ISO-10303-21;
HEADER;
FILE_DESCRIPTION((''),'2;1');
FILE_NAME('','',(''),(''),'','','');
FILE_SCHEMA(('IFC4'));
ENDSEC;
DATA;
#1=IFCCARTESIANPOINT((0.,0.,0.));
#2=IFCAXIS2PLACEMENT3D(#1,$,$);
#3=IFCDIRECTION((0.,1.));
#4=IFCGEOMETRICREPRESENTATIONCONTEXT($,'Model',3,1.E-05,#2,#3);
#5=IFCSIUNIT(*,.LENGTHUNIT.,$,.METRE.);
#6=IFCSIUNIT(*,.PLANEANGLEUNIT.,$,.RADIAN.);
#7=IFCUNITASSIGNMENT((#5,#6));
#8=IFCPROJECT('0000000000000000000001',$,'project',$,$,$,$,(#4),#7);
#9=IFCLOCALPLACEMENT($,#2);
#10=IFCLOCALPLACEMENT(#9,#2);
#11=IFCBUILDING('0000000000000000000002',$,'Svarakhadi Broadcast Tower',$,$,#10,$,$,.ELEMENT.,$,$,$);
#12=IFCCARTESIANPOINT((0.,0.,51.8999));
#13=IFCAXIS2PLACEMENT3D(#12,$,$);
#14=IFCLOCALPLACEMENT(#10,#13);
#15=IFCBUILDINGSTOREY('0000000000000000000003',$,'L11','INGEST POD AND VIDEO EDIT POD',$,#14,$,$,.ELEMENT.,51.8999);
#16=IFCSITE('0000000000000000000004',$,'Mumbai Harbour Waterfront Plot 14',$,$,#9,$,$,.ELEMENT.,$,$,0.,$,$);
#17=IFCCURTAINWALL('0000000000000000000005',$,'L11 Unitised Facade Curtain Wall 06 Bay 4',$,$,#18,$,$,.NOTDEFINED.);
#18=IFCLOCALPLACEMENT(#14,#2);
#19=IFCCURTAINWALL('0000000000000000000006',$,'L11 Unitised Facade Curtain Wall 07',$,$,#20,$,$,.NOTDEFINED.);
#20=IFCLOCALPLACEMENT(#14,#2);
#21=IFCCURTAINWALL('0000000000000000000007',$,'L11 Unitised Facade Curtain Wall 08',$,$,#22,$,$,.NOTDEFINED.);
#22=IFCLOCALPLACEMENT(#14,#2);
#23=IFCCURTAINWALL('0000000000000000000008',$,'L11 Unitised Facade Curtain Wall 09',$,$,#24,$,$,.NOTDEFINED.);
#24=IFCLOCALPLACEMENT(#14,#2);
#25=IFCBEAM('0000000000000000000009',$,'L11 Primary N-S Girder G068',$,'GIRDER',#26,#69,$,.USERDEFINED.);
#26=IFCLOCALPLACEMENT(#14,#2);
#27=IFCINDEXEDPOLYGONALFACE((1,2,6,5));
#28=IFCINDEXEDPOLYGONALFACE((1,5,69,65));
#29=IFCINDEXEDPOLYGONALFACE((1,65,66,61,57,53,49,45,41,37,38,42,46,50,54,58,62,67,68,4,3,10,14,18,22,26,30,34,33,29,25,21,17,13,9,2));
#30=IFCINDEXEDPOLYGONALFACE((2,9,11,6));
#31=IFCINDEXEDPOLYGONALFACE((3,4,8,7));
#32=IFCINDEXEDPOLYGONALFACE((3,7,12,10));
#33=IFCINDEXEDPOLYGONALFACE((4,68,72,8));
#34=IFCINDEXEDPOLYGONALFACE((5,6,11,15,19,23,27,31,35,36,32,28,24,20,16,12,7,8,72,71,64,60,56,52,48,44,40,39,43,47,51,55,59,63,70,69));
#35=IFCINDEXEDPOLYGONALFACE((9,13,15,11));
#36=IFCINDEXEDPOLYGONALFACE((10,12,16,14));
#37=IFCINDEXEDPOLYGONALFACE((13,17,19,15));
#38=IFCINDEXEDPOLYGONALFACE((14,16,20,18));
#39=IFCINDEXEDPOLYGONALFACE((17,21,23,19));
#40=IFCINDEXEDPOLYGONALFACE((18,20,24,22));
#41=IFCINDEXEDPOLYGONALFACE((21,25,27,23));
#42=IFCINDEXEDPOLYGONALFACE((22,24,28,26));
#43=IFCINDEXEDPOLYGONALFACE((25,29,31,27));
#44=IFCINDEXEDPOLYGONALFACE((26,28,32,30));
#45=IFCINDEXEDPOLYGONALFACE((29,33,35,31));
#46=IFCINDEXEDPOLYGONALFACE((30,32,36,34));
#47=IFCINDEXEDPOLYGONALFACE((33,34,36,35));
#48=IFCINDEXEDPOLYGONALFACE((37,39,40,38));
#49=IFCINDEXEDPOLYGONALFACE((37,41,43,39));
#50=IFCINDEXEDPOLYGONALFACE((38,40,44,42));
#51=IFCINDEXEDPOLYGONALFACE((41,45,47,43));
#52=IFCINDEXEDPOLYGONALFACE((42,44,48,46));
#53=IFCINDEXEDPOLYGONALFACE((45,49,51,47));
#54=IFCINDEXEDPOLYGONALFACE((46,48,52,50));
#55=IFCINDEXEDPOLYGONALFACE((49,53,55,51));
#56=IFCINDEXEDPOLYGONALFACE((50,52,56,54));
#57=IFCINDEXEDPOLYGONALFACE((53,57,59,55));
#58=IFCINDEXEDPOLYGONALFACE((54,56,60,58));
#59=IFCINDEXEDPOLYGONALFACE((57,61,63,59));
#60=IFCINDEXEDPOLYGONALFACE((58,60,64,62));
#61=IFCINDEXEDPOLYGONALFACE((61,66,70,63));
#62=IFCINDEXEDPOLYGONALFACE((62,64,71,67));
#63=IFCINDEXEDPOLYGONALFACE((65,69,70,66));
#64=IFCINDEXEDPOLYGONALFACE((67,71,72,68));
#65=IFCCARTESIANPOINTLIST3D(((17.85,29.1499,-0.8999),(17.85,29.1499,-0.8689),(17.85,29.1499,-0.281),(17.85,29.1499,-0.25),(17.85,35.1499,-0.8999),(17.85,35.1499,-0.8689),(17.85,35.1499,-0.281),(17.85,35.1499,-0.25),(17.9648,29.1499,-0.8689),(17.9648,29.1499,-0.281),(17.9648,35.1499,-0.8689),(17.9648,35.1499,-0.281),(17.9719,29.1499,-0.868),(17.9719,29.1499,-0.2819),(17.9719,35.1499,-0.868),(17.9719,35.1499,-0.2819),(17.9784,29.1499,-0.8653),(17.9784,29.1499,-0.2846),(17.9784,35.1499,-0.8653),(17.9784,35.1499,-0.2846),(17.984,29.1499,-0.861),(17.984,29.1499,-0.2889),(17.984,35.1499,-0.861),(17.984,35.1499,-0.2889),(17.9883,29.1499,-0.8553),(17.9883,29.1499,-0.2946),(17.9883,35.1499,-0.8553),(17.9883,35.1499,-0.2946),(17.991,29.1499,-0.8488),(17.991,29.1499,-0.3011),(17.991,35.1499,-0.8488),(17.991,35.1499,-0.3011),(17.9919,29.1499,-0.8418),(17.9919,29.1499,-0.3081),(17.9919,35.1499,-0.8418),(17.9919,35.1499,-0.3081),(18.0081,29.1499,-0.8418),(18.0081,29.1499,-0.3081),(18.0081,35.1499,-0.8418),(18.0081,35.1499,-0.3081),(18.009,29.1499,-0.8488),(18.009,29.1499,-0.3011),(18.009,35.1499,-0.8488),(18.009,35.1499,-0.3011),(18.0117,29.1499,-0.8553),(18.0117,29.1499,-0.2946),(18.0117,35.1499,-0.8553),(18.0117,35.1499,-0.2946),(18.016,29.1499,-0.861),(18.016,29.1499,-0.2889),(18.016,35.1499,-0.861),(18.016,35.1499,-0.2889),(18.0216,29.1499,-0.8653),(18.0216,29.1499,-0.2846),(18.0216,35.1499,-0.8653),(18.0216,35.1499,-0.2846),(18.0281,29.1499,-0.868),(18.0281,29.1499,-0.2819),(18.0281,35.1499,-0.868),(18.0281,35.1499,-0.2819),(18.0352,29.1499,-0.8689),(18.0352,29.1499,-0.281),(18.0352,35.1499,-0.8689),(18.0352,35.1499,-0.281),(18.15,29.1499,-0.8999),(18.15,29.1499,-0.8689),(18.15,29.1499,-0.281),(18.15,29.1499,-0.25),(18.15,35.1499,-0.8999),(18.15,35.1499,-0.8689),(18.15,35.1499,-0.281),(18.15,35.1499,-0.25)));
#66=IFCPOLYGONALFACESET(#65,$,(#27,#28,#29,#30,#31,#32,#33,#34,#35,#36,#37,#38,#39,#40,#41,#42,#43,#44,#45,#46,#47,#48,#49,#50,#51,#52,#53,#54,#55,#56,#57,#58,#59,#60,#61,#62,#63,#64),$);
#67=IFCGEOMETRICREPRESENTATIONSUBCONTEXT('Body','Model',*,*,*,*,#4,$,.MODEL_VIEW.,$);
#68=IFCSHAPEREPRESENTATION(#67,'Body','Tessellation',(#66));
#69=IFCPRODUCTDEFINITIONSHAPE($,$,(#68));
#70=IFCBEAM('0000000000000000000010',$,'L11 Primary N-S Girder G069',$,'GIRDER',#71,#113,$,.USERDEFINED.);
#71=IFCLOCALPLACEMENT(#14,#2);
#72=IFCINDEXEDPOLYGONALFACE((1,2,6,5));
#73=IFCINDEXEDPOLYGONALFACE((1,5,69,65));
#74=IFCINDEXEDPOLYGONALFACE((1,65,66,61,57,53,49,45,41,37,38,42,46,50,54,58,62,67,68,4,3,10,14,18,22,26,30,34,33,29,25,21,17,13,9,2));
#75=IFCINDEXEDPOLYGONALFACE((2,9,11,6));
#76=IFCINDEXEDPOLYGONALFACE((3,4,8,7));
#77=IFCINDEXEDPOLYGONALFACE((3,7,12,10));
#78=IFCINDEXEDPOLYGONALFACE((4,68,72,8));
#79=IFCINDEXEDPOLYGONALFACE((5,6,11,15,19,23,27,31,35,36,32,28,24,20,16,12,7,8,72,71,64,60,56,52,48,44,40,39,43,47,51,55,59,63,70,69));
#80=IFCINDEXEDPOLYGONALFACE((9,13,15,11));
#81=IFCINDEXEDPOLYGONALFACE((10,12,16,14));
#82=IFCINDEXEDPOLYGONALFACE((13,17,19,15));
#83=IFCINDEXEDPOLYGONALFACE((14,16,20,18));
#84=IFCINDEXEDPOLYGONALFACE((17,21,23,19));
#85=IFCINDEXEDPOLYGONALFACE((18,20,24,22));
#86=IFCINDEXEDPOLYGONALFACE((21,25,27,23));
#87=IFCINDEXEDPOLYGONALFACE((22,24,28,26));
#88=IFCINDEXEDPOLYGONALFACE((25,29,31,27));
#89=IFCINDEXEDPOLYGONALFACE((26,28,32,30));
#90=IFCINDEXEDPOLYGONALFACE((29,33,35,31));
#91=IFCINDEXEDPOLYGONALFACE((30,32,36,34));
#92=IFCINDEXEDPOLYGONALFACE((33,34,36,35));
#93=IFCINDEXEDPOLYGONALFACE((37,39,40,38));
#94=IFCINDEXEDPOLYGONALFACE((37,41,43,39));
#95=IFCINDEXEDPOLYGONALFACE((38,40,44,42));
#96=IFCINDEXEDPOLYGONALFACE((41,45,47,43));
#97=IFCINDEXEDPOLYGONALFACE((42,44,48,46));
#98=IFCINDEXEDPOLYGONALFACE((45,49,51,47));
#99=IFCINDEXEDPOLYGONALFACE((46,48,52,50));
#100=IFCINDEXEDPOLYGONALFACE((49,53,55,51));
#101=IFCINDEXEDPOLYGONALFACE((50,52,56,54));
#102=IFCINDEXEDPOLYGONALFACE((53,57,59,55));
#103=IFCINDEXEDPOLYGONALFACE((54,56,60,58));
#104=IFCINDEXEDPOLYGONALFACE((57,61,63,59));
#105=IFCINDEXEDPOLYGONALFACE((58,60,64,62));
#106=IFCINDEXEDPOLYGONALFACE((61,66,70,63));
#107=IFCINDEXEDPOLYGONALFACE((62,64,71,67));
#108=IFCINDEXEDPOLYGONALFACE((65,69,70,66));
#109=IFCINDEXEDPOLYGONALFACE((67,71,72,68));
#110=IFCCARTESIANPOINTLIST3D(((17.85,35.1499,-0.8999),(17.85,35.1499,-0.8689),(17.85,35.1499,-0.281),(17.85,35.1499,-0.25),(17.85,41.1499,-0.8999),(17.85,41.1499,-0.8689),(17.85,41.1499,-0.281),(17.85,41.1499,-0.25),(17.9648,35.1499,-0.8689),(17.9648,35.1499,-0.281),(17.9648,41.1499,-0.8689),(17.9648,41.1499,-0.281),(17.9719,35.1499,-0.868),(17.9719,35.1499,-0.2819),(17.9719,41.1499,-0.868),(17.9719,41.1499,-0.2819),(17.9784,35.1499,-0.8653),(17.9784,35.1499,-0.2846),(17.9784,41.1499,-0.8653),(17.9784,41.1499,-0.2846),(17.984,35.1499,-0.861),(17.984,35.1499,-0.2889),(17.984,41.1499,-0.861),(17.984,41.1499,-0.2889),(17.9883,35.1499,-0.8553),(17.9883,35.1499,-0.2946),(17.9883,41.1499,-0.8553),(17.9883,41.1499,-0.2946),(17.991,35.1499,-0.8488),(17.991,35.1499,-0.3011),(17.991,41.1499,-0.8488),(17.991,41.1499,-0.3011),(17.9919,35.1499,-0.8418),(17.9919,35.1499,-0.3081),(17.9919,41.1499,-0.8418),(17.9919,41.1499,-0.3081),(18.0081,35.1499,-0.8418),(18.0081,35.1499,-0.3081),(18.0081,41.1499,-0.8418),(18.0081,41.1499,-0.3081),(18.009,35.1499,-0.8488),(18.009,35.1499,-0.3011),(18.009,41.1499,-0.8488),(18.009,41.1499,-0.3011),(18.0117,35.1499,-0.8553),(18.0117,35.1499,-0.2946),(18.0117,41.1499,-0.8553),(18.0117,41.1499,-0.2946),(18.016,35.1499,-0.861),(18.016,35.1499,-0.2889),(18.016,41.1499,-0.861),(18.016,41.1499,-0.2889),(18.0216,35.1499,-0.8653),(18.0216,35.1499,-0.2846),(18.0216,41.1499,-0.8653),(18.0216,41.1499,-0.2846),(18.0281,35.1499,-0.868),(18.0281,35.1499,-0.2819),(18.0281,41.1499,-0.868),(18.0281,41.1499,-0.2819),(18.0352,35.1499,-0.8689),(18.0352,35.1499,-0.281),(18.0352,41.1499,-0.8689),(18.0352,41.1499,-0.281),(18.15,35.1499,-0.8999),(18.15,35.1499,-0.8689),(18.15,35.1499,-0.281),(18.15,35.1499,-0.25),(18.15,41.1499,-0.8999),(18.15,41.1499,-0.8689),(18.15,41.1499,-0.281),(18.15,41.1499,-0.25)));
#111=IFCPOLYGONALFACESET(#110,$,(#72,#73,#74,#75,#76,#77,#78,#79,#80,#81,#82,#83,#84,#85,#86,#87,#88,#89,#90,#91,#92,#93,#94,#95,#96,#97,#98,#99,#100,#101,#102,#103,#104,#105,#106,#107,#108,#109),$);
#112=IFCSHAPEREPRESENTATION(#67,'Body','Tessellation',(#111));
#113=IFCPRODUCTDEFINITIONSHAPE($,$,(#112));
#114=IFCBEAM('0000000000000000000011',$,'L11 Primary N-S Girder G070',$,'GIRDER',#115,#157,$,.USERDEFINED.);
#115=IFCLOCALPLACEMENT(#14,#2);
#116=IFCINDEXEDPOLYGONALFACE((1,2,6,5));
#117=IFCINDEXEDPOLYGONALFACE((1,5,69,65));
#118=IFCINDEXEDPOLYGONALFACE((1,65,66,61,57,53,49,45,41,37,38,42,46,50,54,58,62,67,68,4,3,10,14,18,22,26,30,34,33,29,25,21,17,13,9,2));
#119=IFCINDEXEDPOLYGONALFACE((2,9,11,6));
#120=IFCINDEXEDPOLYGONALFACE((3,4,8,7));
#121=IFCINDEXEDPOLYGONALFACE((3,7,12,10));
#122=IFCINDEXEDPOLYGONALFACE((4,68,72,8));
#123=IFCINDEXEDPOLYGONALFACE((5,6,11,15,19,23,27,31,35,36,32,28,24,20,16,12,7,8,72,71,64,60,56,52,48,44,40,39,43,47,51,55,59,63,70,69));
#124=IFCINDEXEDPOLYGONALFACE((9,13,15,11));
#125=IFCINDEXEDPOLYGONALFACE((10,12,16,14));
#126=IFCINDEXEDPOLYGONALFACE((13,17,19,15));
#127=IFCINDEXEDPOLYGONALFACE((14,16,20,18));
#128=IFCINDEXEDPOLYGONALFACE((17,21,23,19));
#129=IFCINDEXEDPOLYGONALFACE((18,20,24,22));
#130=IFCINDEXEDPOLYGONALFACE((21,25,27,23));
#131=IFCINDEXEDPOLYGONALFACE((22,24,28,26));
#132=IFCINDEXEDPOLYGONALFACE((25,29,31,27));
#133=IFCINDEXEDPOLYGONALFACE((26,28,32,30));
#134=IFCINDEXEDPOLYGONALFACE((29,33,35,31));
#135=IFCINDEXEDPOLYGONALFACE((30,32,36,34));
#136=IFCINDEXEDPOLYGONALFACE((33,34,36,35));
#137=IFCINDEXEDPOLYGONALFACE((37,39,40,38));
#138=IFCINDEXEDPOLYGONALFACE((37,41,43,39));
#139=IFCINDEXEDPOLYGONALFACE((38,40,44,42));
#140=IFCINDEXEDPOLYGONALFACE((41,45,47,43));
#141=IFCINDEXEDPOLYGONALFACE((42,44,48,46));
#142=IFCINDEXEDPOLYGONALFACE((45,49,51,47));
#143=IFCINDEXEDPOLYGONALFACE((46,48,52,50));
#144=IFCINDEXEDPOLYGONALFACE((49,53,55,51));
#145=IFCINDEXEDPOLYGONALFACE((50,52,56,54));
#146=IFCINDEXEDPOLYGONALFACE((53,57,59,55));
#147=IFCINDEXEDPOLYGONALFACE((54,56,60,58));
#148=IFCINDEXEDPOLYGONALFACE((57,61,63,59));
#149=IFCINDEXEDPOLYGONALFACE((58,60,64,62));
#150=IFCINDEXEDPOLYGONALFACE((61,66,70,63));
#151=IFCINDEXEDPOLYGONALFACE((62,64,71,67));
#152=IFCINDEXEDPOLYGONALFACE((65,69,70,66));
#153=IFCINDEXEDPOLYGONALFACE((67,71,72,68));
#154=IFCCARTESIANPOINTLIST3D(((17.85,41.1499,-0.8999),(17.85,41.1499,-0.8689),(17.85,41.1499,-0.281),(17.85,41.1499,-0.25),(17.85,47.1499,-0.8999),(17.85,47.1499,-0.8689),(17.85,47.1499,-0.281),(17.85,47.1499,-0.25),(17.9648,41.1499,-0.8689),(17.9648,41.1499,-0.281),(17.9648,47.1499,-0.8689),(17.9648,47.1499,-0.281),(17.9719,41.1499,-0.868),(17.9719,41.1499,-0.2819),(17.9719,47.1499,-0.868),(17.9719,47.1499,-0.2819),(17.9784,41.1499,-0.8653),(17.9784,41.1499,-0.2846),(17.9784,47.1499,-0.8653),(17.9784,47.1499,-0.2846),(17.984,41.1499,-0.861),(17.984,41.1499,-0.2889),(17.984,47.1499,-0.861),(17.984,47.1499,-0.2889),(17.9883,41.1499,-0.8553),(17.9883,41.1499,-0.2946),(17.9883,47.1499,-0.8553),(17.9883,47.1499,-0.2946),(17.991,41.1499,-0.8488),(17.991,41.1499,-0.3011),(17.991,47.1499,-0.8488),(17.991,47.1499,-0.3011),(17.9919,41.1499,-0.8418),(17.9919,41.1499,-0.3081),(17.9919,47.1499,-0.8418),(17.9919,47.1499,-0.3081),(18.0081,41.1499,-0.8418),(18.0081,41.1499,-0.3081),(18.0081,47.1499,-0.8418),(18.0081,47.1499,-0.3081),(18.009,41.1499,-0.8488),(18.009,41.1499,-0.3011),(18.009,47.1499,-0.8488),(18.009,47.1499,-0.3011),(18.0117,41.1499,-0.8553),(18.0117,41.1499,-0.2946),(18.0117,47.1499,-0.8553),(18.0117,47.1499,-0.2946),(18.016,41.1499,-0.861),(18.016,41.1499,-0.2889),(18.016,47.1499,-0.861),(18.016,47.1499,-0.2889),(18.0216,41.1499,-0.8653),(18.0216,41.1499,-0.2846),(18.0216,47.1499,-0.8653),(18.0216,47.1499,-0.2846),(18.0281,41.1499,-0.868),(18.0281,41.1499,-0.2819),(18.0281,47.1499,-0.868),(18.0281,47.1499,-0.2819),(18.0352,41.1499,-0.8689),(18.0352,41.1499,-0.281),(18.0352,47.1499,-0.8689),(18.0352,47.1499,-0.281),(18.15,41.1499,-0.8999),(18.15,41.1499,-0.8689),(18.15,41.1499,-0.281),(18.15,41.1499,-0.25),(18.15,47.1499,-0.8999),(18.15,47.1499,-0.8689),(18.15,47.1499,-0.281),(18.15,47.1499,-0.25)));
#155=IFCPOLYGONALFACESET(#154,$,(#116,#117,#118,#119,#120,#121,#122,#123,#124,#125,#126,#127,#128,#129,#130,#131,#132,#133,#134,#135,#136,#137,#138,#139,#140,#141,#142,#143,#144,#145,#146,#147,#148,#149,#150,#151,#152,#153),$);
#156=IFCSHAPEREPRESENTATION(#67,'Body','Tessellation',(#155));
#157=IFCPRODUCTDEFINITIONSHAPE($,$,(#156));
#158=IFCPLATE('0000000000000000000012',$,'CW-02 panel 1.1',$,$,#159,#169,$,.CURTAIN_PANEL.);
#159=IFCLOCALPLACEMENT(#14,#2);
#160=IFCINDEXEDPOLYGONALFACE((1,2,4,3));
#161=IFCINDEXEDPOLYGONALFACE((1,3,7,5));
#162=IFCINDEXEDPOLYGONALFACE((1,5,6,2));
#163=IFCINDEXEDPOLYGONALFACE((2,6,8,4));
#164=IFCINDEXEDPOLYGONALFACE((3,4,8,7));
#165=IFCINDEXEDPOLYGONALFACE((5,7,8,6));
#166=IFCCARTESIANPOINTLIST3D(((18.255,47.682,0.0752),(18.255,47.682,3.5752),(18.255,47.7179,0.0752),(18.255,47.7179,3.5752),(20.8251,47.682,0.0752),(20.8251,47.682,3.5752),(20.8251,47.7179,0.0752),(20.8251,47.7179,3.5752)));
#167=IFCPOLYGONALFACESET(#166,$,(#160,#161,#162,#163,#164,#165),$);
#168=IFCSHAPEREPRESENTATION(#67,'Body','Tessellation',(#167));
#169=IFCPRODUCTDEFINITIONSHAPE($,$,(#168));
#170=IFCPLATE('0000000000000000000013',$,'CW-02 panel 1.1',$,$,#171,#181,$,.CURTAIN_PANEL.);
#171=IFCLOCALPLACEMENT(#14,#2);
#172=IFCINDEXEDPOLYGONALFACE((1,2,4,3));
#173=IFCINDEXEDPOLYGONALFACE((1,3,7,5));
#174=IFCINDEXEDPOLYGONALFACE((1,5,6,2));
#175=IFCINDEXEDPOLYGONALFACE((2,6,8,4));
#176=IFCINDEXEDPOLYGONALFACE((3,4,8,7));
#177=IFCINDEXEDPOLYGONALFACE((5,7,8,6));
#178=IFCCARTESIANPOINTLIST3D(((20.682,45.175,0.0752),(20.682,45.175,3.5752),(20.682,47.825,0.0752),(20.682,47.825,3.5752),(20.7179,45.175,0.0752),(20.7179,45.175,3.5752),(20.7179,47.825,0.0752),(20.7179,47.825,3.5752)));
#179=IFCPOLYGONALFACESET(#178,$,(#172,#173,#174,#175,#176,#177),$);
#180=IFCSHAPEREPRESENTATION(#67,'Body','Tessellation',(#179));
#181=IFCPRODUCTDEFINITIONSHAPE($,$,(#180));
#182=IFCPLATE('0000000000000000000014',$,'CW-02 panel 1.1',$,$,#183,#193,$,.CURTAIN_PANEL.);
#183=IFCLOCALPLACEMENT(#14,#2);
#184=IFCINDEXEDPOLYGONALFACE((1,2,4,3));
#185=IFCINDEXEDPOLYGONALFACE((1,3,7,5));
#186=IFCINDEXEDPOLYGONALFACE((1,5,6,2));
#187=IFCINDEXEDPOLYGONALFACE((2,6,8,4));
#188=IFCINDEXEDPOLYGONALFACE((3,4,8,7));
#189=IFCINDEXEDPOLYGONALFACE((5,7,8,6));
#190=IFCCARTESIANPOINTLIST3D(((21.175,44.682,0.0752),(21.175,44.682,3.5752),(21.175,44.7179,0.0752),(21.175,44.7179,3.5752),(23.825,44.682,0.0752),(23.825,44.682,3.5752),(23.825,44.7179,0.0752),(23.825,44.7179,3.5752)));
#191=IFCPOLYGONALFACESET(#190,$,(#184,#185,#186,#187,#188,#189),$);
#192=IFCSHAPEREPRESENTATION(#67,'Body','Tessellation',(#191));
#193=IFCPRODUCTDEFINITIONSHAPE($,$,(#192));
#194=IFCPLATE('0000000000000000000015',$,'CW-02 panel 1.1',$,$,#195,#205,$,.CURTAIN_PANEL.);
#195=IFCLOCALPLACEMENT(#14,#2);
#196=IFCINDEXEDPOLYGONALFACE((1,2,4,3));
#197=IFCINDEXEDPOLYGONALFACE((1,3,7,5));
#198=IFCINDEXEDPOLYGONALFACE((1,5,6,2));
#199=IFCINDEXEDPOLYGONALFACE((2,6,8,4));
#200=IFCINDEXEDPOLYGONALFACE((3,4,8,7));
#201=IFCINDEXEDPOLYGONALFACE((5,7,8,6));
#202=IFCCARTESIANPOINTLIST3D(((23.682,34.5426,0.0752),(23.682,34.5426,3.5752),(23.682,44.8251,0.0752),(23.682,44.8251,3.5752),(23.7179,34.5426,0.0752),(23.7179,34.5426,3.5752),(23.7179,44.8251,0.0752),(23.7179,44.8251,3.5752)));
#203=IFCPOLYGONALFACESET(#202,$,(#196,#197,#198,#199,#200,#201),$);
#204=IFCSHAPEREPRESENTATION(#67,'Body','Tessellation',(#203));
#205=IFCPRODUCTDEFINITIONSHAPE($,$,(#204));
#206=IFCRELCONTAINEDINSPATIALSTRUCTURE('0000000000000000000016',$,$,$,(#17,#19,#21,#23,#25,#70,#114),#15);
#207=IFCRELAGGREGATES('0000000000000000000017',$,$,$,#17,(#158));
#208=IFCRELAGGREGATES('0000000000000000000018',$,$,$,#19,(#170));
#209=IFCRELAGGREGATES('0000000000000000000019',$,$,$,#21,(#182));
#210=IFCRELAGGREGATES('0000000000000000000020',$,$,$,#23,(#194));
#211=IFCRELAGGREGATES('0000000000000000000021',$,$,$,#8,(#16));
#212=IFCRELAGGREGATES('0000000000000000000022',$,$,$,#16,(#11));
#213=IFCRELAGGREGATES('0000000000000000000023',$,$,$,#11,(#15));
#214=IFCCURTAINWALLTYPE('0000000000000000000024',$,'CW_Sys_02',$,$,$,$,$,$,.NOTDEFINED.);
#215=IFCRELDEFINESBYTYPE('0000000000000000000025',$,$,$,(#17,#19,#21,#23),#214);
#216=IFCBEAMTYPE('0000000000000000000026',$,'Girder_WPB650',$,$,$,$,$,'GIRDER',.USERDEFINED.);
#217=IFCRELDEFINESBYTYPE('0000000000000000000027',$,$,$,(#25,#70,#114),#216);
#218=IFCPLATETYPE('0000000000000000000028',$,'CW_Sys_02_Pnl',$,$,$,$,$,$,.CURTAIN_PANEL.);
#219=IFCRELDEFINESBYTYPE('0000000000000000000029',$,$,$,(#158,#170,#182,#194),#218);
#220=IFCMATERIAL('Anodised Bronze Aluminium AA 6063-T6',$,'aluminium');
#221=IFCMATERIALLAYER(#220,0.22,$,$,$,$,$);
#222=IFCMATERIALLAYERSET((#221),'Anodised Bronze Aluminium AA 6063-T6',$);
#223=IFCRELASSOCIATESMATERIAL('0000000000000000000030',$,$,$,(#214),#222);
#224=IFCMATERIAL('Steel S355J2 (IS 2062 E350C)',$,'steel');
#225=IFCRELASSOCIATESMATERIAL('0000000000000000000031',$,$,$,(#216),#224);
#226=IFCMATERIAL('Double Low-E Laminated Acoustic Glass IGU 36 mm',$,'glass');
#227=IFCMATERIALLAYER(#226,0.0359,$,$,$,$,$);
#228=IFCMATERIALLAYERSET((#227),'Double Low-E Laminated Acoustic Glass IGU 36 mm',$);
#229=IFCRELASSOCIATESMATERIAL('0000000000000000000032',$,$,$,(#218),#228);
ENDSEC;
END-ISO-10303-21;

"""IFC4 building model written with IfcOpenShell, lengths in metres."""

from ifc_helpers import new_model, si_unit, direction, frame, origin, origin_2d, place, context, subcontext, project, spatial, rectangle, i_section, extrude, material, layer, layer_set, material_profile, profile_set, type_object, element, aggregate, save


model = new_model("IFC4")

# Units and contexts
model_context = context("Model", 3, precision=1e-05, world=origin(), true_north=direction((0.0, 1.0)))
body_context = subcontext(model_context, "Body", "Model", "MODEL_VIEW")
ifc_project = project(units=[si_unit("LENGTHUNIT", "METRE"), si_unit("PLANEANGLEUNIT", "RADIAN")], contexts=[model_context])

# Site, building, storey
site_placement = place(None, origin())
site = spatial("IfcSite", under=ifc_project, at=site_placement, Name="Mumbai Harbour Waterfront Plot 14", CompositionType="ELEMENT", RefElevation=0.0)
building_placement = place(site_placement, origin())
building = spatial("IfcBuilding", under=site, at=building_placement, Name="Svarakhadi Broadcast Tower", CompositionType="ELEMENT")
storey_placement = place(building_placement, frame((0.0, 0.0, 51.8999)))
storey = spatial("IfcBuildingStorey", under=building, at=storey_placement, Name="L11", Description="INGEST POD AND VIDEO EDIT POD", CompositionType="ELEMENT", Elevation=51.8999)

# Curtain walls
ifc_material_1 = material(Name="Anodised Bronze Aluminium AA 6063-T6", Category="aluminium")
ifc_layer_1 = layer(ifc_material_1, 0.22)
ifc_layer_set_1 = layer_set([ifc_layer_1], Name="Anodised Bronze Aluminium AA 6063-T6")
curtain_wall_type = type_object("IfcCurtainWallType", Name="CW_Sys_02", PredefinedType="NOTDEFINED", material=ifc_layer_set_1)
curtain_wall_1_placement = place(storey_placement, origin())
curtain_wall_1 = element("IfcCurtainWall", 1, at=curtain_wall_1_placement, inside=storey, type_object=curtain_wall_type, Name="L11 Unitised Facade Curtain Wall 06 Bay 4", PredefinedType="NOTDEFINED")
curtain_wall_2_placement = place(storey_placement, origin())
curtain_wall_2 = element("IfcCurtainWall", 2, at=curtain_wall_2_placement, inside=storey, type_object=curtain_wall_type, Name="L11 Unitised Facade Curtain Wall 07", PredefinedType="NOTDEFINED")
curtain_wall_3_placement = place(storey_placement, origin())
curtain_wall_3 = element("IfcCurtainWall", 3, at=curtain_wall_3_placement, inside=storey, type_object=curtain_wall_type, Name="L11 Unitised Facade Curtain Wall 08", PredefinedType="NOTDEFINED")
curtain_wall_4_placement = place(storey_placement, origin())
curtain_wall_4 = element("IfcCurtainWall", 4, at=curtain_wall_4_placement, inside=storey, type_object=curtain_wall_type, Name="L11 Unitised Facade Curtain Wall 09", PredefinedType="NOTDEFINED")

# Beams
ifc_material_2 = material(Name="Steel S355J2 (IS 2062 E350C)", Category="steel")
ifc_material_profile_1 = material_profile(ifc_material_2, i_section(OverallWidth=0.3, OverallDepth=0.6499, WebThickness=0.0161, FlangeThickness=0.031, FilletRadius=0.0271, at=origin_2d()), Name="WPB 650x300x225")
ifc_profile_set_1 = profile_set([ifc_material_profile_1], Name="Steel S355J2 (IS 2062 E350C)")
beam_type = type_object("IfcBeamType", Name="Girder_WPB650", ElementType="GIRDER", PredefinedType="USERDEFINED", material=ifc_profile_set_1)
for number, where, z_axis, x_axis, name in (
    (5, (18.0, 29.1499, -0.575), (0.0, 1.0, 0.0), (-1.0, 0.0, 0.0), "L11 Primary N-S Girder G068"),
    (6, (18.0, 35.1499, -0.575), (0.0, 1.0, 0.0), (-1.0, 0.0, 0.0), "L11 Primary N-S Girder G069"),
    (7, (18.0, 41.1499, -0.575), (0.0, 1.0, 0.0), (-1.0, 0.0, 0.0), "L11 Primary N-S Girder G070"),
):
    element("IfcBeam", number, at=place(storey_placement, frame(where, z_axis=z_axis, x_axis=x_axis)), inside=storey, type_object=beam_type, Name=name, ObjectType="GIRDER", PredefinedType="USERDEFINED", context=body_context, shape_type="SweptSolid", body=[
        extrude(i_section(OverallWidth=0.3, OverallDepth=0.6499, WebThickness=0.0161, FlangeThickness=0.031, FilletRadius=0.0271, at=origin_2d()), origin(), (0.0, 0.0, 1.0), 6.0),
    ])

# Plates
ifc_material_3 = material(Name="Double Low-E Laminated Acoustic Glass IGU 36 mm", Category="glass")
ifc_layer_2 = layer(ifc_material_3, 0.0359)
ifc_layer_set_2 = layer_set([ifc_layer_2], Name="Double Low-E Laminated Acoustic Glass IGU 36 mm")
plate_type = type_object("IfcPlateType", Name="CW_Sys_02_Pnl", PredefinedType="CURTAIN_PANEL", material=ifc_layer_set_2)
plate_1_placement = place(storey_placement, frame((19.54, 47.7, 0.0752), z_axis=(0.0, 0.0, 1.0), x_axis=(1.0, 0.0, 0.0)))
plate_1 = element("IfcPlate", 8, at=plate_1_placement, type_object=plate_type, Name="CW-02 panel 1.1", PredefinedType="CURTAIN_PANEL", context=body_context, shape_type="SweptSolid", body=[
    extrude(rectangle(XDim=2.5701, YDim=0.0359, at=origin_2d()), origin(), (0.0, 0.0, 1.0), 3.5),
])
aggregate(curtain_wall_1, [plate_1])
plate_2_placement = place(storey_placement, frame((20.7, 46.5, 0.0752), z_axis=(0.0, 0.0, 1.0), x_axis=(0.0, -1.0, 0.0)))
plate_2 = element("IfcPlate", 9, at=plate_2_placement, type_object=plate_type, Name="CW-02 panel 1.1", PredefinedType="CURTAIN_PANEL", context=body_context, shape_type="SweptSolid", body=[
    extrude(rectangle(XDim=2.6499, YDim=0.0359, at=origin_2d()), origin(), (0.0, 0.0, 1.0), 3.5),
])
aggregate(curtain_wall_2, [plate_2])
plate_3_placement = place(storey_placement, frame((22.5, 44.7, 0.0752), z_axis=(0.0, 0.0, 1.0), x_axis=(1.0, 0.0, 0.0)))
plate_3 = element("IfcPlate", 10, at=plate_3_placement, type_object=plate_type, Name="CW-02 panel 1.1", PredefinedType="CURTAIN_PANEL", context=body_context, shape_type="SweptSolid", body=[
    extrude(rectangle(XDim=2.6499, YDim=0.0359, at=origin_2d()), origin(), (0.0, 0.0, 1.0), 3.5),
])
aggregate(curtain_wall_3, [plate_3])
plate_4_placement = place(storey_placement, frame((23.7, 39.6838, 0.0752), z_axis=(0.0, 0.0, 1.0), x_axis=(0.0, -1.0, 0.0)))
plate_4 = element("IfcPlate", 11, at=plate_4_placement, type_object=plate_type, Name="CW-02 panel 1.1", PredefinedType="CURTAIN_PANEL", context=body_context, shape_type="SweptSolid", body=[
    extrude(rectangle(XDim=10.2825, YDim=0.0359, at=origin_2d()), origin(), (0.0, 0.0, 1.0), 3.5),
])
aggregate(curtain_wall_4, [plate_4])

save(model, "model.ifc")
